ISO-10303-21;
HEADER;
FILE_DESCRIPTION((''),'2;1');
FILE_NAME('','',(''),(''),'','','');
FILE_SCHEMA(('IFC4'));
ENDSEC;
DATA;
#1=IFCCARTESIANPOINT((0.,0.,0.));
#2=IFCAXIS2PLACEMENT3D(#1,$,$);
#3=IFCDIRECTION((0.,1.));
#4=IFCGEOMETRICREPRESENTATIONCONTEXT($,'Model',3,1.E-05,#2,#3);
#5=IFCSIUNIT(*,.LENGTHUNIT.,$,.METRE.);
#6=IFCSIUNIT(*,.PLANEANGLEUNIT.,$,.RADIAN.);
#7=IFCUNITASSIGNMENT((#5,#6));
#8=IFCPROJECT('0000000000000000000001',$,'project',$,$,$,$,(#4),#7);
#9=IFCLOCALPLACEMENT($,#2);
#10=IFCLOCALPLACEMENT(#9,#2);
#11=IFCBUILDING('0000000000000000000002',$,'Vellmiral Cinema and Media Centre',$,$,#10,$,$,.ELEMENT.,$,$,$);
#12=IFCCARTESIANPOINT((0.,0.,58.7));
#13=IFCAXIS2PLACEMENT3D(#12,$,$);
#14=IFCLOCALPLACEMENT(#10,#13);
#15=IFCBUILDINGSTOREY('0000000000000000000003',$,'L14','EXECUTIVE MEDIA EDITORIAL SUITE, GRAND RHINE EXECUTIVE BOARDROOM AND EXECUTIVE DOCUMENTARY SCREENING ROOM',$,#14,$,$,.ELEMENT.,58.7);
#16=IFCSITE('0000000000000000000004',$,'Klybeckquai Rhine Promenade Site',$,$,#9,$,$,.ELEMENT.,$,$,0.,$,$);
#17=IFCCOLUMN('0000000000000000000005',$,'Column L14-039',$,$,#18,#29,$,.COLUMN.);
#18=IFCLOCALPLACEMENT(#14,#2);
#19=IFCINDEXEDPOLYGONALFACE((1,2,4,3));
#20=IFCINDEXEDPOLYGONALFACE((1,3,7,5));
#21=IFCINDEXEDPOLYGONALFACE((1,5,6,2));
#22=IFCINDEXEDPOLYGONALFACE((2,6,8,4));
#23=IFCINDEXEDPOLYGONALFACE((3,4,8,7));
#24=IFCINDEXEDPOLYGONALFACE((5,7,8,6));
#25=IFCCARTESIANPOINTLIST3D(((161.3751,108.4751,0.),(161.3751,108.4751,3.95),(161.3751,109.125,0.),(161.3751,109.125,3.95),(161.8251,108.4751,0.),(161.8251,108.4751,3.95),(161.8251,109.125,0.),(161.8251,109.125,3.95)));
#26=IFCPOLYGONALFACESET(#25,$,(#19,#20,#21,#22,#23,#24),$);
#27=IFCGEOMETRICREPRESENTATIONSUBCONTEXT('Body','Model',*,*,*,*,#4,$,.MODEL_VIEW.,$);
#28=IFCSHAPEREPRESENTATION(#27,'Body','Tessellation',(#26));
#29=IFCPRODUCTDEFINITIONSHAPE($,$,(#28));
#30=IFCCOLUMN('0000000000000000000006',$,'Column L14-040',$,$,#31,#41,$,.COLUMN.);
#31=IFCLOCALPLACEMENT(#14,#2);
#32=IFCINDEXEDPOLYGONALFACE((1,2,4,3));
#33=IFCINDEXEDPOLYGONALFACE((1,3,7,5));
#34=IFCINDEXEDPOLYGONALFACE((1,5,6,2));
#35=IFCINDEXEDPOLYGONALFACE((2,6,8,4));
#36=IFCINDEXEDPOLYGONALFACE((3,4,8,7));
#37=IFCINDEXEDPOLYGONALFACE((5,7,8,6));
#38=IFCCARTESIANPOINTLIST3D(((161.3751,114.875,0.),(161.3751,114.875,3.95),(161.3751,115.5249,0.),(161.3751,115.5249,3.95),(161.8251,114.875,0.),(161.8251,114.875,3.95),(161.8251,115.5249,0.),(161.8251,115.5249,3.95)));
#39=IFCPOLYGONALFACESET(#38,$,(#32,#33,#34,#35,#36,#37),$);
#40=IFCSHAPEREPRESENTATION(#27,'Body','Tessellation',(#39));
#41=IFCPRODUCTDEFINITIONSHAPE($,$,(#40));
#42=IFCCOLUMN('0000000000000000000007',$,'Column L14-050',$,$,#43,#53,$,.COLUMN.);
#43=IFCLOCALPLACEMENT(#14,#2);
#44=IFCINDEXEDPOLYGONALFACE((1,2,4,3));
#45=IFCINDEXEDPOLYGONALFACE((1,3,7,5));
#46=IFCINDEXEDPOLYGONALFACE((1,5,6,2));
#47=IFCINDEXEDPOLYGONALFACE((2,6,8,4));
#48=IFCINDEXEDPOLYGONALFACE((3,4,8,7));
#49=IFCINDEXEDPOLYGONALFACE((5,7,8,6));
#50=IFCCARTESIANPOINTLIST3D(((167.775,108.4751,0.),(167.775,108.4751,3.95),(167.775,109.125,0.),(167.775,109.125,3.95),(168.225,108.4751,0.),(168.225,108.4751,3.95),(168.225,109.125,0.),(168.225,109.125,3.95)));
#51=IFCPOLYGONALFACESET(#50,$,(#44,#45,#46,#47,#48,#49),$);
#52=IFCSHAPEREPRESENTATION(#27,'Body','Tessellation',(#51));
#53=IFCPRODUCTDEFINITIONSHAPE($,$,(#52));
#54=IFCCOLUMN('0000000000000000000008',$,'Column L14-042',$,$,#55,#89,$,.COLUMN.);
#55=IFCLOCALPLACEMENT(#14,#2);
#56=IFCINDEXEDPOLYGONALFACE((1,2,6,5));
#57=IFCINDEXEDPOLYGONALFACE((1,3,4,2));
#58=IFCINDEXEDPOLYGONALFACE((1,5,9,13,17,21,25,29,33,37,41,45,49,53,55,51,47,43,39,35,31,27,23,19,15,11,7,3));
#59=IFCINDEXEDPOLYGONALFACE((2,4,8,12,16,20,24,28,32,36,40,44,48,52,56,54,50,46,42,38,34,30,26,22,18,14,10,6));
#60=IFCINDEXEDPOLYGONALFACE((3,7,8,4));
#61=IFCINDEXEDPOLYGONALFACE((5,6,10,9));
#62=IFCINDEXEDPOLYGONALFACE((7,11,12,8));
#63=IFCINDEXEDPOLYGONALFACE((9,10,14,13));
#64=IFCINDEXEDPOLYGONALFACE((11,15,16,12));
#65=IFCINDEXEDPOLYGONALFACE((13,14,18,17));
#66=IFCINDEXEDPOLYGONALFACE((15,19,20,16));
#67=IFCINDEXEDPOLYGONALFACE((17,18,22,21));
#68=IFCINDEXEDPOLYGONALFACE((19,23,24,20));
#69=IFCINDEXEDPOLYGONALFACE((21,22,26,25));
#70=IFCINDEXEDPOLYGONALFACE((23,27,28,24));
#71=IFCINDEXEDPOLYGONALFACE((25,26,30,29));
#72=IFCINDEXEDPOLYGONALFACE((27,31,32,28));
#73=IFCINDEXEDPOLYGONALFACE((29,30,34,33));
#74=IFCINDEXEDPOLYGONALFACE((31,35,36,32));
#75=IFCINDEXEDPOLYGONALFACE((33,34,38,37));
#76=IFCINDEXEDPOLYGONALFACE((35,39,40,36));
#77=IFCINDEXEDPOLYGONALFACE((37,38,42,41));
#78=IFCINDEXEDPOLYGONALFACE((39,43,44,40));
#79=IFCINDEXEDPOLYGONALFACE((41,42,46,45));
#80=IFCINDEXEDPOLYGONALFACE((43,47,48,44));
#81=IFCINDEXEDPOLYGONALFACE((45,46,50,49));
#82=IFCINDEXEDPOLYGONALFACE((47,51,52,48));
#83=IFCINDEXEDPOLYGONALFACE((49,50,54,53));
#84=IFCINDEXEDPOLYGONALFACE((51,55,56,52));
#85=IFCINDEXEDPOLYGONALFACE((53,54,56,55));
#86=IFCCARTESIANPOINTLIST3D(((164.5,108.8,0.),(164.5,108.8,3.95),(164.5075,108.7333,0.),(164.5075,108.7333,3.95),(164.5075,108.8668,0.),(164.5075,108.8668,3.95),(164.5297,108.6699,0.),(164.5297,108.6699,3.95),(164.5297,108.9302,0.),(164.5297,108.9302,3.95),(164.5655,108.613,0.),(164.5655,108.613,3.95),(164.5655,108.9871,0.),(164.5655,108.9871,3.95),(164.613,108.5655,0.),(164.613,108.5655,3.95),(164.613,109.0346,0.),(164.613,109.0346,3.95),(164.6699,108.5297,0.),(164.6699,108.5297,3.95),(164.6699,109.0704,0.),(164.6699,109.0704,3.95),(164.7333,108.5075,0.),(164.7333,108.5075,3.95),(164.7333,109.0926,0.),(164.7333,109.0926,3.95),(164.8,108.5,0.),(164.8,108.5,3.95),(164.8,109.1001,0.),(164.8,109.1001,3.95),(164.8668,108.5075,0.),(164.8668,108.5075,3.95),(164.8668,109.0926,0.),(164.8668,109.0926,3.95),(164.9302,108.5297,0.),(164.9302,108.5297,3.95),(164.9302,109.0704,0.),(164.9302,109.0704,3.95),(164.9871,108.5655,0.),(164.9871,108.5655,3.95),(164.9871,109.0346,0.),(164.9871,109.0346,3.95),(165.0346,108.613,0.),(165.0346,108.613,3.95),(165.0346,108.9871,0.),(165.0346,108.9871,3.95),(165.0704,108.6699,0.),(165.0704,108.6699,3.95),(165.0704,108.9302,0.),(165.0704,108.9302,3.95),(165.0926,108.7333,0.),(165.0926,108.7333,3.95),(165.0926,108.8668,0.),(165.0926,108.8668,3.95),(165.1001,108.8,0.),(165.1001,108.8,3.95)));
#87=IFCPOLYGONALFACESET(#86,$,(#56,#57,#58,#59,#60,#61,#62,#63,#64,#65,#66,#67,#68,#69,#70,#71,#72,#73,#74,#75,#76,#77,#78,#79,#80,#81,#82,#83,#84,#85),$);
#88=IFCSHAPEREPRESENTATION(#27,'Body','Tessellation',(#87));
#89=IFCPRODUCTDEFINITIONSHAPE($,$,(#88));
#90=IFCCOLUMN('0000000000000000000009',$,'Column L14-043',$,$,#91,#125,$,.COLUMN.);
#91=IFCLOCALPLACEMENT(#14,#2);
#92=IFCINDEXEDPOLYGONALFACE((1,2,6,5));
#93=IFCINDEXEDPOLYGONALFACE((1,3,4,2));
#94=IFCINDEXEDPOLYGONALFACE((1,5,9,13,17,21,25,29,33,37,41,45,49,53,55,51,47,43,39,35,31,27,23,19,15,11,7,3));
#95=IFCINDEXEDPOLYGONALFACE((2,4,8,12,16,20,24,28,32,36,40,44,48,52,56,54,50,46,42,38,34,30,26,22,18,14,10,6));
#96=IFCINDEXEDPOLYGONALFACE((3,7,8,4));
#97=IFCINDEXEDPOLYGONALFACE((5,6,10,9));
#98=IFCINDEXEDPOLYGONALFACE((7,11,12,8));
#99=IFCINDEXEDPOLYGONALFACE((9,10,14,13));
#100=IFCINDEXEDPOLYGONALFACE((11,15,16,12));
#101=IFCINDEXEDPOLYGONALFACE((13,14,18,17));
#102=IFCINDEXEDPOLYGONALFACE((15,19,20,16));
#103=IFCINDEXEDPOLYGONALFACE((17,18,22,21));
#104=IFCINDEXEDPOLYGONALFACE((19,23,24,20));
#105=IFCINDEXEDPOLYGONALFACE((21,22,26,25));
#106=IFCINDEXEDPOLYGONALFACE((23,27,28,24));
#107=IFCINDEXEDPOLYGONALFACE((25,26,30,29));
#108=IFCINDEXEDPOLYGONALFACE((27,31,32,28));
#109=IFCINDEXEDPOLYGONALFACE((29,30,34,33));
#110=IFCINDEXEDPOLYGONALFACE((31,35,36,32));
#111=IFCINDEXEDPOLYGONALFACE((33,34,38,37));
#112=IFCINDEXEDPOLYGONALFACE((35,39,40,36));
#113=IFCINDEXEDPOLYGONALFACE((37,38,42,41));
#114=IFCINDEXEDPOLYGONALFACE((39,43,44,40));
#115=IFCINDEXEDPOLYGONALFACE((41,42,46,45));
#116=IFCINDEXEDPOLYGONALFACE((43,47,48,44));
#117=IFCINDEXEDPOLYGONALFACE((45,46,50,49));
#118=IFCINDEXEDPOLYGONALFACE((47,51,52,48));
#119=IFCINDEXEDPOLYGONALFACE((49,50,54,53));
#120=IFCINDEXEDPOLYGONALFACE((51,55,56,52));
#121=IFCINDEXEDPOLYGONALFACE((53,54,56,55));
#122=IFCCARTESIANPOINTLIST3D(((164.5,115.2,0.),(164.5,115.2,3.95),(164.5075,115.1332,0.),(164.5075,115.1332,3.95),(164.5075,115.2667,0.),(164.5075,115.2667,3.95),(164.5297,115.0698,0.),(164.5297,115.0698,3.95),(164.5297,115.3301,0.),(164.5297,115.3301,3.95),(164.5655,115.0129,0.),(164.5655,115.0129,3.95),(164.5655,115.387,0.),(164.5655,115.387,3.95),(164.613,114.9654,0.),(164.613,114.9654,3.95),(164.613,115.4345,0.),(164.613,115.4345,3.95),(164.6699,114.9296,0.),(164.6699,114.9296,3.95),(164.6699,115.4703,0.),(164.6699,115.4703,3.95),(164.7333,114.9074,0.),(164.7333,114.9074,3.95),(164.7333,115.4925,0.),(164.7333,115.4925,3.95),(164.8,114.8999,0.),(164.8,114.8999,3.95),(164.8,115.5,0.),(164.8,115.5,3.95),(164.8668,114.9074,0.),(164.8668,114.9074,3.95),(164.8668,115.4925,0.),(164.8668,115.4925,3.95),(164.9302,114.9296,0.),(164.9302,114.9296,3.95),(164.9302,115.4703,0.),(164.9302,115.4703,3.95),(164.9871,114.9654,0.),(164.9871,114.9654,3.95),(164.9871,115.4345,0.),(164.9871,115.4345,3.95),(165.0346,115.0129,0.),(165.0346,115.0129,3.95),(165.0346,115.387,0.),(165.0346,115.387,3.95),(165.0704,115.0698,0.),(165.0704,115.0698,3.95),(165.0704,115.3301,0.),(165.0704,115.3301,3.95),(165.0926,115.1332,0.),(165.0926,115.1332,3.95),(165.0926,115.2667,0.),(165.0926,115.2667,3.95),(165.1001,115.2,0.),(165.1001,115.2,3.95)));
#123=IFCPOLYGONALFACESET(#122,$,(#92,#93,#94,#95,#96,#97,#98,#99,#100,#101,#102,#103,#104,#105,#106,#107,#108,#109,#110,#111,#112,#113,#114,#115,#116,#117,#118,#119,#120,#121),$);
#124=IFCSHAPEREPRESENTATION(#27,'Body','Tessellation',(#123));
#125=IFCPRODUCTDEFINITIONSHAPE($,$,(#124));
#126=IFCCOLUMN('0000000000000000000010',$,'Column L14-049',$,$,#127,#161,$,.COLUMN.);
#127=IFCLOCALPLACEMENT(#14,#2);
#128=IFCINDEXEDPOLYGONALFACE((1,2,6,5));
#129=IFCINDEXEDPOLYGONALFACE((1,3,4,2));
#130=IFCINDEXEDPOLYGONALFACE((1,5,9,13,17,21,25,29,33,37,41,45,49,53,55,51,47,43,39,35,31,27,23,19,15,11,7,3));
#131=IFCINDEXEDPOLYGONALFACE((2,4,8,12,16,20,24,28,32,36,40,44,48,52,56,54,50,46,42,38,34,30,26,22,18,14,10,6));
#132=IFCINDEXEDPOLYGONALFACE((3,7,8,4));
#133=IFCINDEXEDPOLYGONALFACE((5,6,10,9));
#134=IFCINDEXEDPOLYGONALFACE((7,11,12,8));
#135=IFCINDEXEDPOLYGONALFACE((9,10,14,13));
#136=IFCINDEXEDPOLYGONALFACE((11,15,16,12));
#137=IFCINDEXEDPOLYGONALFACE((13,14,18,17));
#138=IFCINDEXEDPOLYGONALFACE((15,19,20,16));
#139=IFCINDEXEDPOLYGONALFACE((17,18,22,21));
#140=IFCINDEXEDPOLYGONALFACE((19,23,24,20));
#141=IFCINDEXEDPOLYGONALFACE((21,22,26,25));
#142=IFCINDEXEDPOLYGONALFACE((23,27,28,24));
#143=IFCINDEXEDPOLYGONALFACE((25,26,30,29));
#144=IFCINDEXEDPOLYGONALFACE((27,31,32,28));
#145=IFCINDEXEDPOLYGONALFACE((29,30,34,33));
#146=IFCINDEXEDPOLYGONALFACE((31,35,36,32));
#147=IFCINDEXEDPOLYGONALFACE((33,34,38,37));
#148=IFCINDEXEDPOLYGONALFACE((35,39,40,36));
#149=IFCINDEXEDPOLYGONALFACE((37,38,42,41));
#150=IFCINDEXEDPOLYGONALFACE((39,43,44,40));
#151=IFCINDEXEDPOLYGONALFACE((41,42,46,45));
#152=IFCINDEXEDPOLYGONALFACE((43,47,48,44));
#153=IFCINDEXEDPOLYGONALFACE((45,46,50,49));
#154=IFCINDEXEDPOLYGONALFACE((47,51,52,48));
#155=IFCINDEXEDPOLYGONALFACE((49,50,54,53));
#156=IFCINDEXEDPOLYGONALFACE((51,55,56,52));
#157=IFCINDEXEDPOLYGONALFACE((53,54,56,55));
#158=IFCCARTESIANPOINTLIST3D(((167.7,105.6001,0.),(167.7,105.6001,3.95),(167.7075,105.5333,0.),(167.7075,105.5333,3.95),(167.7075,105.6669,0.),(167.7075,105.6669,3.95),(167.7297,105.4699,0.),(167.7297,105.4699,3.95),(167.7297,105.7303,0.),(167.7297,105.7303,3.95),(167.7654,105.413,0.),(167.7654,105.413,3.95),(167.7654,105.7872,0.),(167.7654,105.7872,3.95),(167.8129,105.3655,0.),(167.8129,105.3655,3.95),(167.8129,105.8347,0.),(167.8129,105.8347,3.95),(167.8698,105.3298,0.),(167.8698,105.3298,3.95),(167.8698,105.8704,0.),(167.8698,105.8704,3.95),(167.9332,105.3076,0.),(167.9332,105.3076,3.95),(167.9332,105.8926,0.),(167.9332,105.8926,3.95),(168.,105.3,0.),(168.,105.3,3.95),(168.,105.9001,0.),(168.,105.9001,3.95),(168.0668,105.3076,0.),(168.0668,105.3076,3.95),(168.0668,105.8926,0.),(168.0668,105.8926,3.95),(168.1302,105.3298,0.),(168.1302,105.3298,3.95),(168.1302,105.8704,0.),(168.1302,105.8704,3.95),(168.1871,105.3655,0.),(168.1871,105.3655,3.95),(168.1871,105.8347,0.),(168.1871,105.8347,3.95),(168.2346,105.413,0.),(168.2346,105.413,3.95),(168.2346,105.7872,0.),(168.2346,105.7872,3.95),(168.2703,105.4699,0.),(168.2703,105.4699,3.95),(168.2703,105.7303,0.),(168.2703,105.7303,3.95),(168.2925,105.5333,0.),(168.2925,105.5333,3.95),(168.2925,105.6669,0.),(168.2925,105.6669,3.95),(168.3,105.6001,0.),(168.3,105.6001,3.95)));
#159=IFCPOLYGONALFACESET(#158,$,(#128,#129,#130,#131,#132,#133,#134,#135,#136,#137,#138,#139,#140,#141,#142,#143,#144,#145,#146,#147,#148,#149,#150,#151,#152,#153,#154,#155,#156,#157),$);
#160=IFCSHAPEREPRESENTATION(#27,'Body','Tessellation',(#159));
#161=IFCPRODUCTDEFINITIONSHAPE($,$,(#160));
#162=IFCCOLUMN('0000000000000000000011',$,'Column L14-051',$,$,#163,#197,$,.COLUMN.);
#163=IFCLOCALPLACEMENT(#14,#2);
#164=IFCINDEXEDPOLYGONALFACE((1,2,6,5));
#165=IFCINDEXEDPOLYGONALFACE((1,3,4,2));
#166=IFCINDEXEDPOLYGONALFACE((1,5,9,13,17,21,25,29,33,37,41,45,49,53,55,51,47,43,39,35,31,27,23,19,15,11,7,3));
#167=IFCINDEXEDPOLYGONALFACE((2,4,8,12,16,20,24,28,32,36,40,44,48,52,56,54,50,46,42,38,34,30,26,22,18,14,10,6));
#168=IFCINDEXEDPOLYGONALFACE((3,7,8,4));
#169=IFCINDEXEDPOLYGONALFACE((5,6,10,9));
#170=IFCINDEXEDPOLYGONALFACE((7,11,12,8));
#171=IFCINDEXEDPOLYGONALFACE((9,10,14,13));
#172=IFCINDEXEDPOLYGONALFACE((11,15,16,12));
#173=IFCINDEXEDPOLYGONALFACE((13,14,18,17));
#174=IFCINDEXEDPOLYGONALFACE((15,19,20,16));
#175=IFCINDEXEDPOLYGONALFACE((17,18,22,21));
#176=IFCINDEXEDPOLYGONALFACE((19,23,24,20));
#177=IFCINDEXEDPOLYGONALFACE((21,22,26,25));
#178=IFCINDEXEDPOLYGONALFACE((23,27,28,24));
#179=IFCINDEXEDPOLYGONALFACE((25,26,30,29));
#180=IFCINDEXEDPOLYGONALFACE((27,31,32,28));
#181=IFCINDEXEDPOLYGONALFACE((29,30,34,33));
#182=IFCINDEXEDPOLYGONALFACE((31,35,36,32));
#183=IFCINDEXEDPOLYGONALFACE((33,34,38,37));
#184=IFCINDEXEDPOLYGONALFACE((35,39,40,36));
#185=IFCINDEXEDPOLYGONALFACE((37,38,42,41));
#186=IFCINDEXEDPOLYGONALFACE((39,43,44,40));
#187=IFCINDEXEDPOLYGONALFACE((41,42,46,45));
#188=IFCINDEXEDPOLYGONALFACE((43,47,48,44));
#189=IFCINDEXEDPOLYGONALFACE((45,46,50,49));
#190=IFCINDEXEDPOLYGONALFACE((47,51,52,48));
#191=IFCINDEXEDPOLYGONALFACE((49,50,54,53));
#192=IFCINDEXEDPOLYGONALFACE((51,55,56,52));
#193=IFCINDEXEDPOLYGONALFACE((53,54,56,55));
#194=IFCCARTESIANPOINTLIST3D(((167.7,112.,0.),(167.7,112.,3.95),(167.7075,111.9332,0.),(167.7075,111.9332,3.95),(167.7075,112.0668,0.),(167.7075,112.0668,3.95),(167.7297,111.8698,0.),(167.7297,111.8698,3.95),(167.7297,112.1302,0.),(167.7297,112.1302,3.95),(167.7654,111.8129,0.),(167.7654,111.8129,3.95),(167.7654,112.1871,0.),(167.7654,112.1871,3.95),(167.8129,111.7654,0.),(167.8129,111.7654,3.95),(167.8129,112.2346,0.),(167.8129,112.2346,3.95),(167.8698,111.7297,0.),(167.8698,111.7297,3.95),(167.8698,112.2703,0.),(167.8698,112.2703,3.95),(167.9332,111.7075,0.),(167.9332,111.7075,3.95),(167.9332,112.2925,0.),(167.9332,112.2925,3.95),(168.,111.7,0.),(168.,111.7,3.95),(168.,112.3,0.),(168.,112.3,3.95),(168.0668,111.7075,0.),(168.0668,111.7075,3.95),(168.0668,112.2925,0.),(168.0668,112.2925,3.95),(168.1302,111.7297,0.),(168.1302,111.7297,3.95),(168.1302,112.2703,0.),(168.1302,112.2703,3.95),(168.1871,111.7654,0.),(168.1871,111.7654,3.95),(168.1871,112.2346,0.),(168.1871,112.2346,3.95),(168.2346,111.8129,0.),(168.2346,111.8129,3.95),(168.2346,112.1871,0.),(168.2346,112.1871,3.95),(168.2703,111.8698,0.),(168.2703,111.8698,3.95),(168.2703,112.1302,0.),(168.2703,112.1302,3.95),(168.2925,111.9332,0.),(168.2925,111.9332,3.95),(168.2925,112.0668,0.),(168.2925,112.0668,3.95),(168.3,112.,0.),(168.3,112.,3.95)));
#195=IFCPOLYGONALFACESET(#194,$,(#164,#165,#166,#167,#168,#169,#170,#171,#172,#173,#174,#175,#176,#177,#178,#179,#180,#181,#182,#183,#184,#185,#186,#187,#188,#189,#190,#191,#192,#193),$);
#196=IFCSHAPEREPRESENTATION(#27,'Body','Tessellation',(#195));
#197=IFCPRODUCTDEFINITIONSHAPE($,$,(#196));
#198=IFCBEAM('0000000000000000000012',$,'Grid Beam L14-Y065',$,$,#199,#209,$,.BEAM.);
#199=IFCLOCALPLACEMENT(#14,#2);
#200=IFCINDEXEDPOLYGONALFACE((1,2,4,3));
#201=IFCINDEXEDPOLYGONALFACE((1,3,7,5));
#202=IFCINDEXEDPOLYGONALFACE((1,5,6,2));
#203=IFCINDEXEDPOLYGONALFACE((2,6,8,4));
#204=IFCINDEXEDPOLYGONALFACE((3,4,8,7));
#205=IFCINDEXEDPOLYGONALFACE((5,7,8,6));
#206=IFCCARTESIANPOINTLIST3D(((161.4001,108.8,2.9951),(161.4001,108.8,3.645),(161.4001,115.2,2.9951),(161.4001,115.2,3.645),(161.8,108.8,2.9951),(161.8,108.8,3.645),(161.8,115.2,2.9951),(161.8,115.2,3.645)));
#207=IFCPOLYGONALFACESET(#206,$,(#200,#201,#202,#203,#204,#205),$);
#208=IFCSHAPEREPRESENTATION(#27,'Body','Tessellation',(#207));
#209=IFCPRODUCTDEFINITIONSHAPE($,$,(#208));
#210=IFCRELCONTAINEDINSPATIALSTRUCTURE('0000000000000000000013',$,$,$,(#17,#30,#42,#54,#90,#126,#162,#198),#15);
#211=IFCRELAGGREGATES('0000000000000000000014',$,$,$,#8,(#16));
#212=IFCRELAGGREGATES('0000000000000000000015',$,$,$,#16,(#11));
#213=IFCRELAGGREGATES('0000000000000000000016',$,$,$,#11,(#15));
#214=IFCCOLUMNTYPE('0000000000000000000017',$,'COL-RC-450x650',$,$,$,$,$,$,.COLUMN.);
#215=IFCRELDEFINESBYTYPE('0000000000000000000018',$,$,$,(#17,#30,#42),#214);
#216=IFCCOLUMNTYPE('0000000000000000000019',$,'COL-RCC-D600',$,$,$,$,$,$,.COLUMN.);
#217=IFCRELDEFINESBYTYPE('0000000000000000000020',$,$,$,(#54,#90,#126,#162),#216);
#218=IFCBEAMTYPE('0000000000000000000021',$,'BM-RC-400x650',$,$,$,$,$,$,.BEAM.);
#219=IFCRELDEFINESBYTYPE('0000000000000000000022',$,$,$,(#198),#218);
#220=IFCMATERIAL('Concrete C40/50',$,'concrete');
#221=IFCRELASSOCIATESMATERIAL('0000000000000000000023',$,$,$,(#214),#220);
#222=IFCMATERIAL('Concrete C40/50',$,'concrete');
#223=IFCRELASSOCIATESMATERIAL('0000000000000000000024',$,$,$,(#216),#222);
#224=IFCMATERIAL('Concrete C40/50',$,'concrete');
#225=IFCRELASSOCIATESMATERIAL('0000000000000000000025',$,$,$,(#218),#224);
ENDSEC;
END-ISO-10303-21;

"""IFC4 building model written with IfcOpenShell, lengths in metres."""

from ifc_helpers import new_model, si_unit, direction, frame, origin, origin_2d, place, context, subcontext, project, spatial, rectangle, circle, extrude, material, material_profile, profile_set, type_object, element, save


model = new_model("IFC4")

# Units and contexts
model_context = context("Model", 3, precision=1e-05, world=origin(), true_north=direction((0.0, 1.0)))
body_context = subcontext(model_context, "Body", "Model", "MODEL_VIEW")
ifc_project = project(units=[si_unit("LENGTHUNIT", "METRE"), si_unit("PLANEANGLEUNIT", "RADIAN")], contexts=[model_context])

# Site, building, storey
site_placement = place(None, origin())
site = spatial("IfcSite", under=ifc_project, at=site_placement, Name="Klybeckquai Rhine Promenade Site", CompositionType="ELEMENT", RefElevation=0.0)
building_placement = place(site_placement, origin())
building = spatial("IfcBuilding", under=site, at=building_placement, Name="Vellmiral Cinema and Media Centre", CompositionType="ELEMENT")
storey_placement = place(building_placement, frame((0.0, 0.0, 58.7)))
storey = spatial("IfcBuildingStorey", under=building, at=storey_placement, Name="L14", Description="EXECUTIVE MEDIA EDITORIAL SUITE, GRAND RHINE EXECUTIVE BOARDROOM AND EXECUTIVE DOCUMENTARY SCREENING ROOM", CompositionType="ELEMENT", Elevation=58.7)

# Columns
ifc_material_1 = material(Name="Concrete C40/50", Category="concrete")
ifc_material_profile_1 = material_profile(ifc_material_1, rectangle(XDim=0.45, YDim=0.6499, at=origin_2d()), Name="RC 450x650")
ifc_profile_set_1 = profile_set([ifc_material_profile_1], Name="Concrete C40/50")
column_type_1 = type_object("IfcColumnType", Name="COL-RC-450x650", PredefinedType="COLUMN", material=ifc_profile_set_1)
for number, where, z_axis, x_axis, name in (
    (1, (161.6001, 108.8, 0.0), (0.0, 0.0, 1.0), (1.0, 0.0, 0.0), "Column L14-039"),
    (2, (161.6001, 115.2, 0.0), (0.0, 0.0, 1.0), (1.0, 0.0, 0.0), "Column L14-040"),
    (3, (168.0, 108.8, 0.0), (0.0, 0.0, 1.0), (1.0, 0.0, 0.0), "Column L14-050"),
):
    element("IfcColumn", number, at=place(storey_placement, frame(where, z_axis=z_axis, x_axis=x_axis)), inside=storey, type_object=column_type_1, Name=name, PredefinedType="COLUMN", context=body_context, shape_type="SweptSolid", body=[
        extrude(rectangle(XDim=0.45, YDim=0.6499, at=origin_2d()), origin(), (0.0, 0.0, 1.0), 3.95),
    ])
ifc_material_2 = material(Name="Concrete C40/50", Category="concrete")
ifc_material_profile_2 = material_profile(ifc_material_2, circle(Radius=0.3, at=origin_2d()), Name="RC D600")
ifc_profile_set_2 = profile_set([ifc_material_profile_2], Name="Concrete C40/50")
column_type_2 = type_object("IfcColumnType", Name="COL-RCC-D600", PredefinedType="COLUMN", material=ifc_profile_set_2)
for number, where, z_axis, x_axis, name in (
    (4, (164.8, 108.8, 0.0), (0.0, 0.0, 1.0), (1.0, 0.0, 0.0), "Column L14-042"),
    (5, (164.8, 115.2, 0.0), (0.0, 0.0, 1.0), (1.0, 0.0, 0.0), "Column L14-043"),
    (6, (168.0, 105.6001, 0.0), (0.0, 0.0, 1.0), (1.0, 0.0, 0.0), "Column L14-049"),
    (7, (168.0, 112.0, 0.0), (0.0, 0.0, 1.0), (1.0, 0.0, 0.0), "Column L14-051"),
):
    element("IfcColumn", number, at=place(storey_placement, frame(where, z_axis=z_axis, x_axis=x_axis)), inside=storey, type_object=column_type_2, Name=name, PredefinedType="COLUMN", context=body_context, shape_type="SweptSolid", body=[
        extrude(circle(Radius=0.3, at=origin_2d()), origin(), (0.0, 0.0, 1.0), 3.95),
    ])

# Beam
ifc_material_3 = material(Name="Concrete C40/50", Category="concrete")
ifc_material_profile_3 = material_profile(ifc_material_3, rectangle(XDim=0.3999, YDim=0.6499, at=origin_2d()), Name="RC 400x650")
ifc_profile_set_3 = profile_set([ifc_material_profile_3], Name="Concrete C40/50")
beam_type_1 = type_object("IfcBeamType", Name="BM-RC-400x650", PredefinedType="BEAM", material=ifc_profile_set_3)
beam_1_placement = place(storey_placement, frame((161.6001, 108.8, 3.3201), z_axis=(0.0, 1.0, 0.0), x_axis=(-1.0, 0.0, 0.0)))
element("IfcBeam", 8, at=beam_1_placement, inside=storey, type_object=beam_type_1, Name="Grid Beam L14-Y065", PredefinedType="BEAM", context=body_context, shape_type="SweptSolid", body=[
    extrude(rectangle(XDim=0.3999, YDim=0.6499, at=origin_2d()), origin(), (0.0, 0.0, 1.0), 6.3999),
])

save(model, "model.ifc")
